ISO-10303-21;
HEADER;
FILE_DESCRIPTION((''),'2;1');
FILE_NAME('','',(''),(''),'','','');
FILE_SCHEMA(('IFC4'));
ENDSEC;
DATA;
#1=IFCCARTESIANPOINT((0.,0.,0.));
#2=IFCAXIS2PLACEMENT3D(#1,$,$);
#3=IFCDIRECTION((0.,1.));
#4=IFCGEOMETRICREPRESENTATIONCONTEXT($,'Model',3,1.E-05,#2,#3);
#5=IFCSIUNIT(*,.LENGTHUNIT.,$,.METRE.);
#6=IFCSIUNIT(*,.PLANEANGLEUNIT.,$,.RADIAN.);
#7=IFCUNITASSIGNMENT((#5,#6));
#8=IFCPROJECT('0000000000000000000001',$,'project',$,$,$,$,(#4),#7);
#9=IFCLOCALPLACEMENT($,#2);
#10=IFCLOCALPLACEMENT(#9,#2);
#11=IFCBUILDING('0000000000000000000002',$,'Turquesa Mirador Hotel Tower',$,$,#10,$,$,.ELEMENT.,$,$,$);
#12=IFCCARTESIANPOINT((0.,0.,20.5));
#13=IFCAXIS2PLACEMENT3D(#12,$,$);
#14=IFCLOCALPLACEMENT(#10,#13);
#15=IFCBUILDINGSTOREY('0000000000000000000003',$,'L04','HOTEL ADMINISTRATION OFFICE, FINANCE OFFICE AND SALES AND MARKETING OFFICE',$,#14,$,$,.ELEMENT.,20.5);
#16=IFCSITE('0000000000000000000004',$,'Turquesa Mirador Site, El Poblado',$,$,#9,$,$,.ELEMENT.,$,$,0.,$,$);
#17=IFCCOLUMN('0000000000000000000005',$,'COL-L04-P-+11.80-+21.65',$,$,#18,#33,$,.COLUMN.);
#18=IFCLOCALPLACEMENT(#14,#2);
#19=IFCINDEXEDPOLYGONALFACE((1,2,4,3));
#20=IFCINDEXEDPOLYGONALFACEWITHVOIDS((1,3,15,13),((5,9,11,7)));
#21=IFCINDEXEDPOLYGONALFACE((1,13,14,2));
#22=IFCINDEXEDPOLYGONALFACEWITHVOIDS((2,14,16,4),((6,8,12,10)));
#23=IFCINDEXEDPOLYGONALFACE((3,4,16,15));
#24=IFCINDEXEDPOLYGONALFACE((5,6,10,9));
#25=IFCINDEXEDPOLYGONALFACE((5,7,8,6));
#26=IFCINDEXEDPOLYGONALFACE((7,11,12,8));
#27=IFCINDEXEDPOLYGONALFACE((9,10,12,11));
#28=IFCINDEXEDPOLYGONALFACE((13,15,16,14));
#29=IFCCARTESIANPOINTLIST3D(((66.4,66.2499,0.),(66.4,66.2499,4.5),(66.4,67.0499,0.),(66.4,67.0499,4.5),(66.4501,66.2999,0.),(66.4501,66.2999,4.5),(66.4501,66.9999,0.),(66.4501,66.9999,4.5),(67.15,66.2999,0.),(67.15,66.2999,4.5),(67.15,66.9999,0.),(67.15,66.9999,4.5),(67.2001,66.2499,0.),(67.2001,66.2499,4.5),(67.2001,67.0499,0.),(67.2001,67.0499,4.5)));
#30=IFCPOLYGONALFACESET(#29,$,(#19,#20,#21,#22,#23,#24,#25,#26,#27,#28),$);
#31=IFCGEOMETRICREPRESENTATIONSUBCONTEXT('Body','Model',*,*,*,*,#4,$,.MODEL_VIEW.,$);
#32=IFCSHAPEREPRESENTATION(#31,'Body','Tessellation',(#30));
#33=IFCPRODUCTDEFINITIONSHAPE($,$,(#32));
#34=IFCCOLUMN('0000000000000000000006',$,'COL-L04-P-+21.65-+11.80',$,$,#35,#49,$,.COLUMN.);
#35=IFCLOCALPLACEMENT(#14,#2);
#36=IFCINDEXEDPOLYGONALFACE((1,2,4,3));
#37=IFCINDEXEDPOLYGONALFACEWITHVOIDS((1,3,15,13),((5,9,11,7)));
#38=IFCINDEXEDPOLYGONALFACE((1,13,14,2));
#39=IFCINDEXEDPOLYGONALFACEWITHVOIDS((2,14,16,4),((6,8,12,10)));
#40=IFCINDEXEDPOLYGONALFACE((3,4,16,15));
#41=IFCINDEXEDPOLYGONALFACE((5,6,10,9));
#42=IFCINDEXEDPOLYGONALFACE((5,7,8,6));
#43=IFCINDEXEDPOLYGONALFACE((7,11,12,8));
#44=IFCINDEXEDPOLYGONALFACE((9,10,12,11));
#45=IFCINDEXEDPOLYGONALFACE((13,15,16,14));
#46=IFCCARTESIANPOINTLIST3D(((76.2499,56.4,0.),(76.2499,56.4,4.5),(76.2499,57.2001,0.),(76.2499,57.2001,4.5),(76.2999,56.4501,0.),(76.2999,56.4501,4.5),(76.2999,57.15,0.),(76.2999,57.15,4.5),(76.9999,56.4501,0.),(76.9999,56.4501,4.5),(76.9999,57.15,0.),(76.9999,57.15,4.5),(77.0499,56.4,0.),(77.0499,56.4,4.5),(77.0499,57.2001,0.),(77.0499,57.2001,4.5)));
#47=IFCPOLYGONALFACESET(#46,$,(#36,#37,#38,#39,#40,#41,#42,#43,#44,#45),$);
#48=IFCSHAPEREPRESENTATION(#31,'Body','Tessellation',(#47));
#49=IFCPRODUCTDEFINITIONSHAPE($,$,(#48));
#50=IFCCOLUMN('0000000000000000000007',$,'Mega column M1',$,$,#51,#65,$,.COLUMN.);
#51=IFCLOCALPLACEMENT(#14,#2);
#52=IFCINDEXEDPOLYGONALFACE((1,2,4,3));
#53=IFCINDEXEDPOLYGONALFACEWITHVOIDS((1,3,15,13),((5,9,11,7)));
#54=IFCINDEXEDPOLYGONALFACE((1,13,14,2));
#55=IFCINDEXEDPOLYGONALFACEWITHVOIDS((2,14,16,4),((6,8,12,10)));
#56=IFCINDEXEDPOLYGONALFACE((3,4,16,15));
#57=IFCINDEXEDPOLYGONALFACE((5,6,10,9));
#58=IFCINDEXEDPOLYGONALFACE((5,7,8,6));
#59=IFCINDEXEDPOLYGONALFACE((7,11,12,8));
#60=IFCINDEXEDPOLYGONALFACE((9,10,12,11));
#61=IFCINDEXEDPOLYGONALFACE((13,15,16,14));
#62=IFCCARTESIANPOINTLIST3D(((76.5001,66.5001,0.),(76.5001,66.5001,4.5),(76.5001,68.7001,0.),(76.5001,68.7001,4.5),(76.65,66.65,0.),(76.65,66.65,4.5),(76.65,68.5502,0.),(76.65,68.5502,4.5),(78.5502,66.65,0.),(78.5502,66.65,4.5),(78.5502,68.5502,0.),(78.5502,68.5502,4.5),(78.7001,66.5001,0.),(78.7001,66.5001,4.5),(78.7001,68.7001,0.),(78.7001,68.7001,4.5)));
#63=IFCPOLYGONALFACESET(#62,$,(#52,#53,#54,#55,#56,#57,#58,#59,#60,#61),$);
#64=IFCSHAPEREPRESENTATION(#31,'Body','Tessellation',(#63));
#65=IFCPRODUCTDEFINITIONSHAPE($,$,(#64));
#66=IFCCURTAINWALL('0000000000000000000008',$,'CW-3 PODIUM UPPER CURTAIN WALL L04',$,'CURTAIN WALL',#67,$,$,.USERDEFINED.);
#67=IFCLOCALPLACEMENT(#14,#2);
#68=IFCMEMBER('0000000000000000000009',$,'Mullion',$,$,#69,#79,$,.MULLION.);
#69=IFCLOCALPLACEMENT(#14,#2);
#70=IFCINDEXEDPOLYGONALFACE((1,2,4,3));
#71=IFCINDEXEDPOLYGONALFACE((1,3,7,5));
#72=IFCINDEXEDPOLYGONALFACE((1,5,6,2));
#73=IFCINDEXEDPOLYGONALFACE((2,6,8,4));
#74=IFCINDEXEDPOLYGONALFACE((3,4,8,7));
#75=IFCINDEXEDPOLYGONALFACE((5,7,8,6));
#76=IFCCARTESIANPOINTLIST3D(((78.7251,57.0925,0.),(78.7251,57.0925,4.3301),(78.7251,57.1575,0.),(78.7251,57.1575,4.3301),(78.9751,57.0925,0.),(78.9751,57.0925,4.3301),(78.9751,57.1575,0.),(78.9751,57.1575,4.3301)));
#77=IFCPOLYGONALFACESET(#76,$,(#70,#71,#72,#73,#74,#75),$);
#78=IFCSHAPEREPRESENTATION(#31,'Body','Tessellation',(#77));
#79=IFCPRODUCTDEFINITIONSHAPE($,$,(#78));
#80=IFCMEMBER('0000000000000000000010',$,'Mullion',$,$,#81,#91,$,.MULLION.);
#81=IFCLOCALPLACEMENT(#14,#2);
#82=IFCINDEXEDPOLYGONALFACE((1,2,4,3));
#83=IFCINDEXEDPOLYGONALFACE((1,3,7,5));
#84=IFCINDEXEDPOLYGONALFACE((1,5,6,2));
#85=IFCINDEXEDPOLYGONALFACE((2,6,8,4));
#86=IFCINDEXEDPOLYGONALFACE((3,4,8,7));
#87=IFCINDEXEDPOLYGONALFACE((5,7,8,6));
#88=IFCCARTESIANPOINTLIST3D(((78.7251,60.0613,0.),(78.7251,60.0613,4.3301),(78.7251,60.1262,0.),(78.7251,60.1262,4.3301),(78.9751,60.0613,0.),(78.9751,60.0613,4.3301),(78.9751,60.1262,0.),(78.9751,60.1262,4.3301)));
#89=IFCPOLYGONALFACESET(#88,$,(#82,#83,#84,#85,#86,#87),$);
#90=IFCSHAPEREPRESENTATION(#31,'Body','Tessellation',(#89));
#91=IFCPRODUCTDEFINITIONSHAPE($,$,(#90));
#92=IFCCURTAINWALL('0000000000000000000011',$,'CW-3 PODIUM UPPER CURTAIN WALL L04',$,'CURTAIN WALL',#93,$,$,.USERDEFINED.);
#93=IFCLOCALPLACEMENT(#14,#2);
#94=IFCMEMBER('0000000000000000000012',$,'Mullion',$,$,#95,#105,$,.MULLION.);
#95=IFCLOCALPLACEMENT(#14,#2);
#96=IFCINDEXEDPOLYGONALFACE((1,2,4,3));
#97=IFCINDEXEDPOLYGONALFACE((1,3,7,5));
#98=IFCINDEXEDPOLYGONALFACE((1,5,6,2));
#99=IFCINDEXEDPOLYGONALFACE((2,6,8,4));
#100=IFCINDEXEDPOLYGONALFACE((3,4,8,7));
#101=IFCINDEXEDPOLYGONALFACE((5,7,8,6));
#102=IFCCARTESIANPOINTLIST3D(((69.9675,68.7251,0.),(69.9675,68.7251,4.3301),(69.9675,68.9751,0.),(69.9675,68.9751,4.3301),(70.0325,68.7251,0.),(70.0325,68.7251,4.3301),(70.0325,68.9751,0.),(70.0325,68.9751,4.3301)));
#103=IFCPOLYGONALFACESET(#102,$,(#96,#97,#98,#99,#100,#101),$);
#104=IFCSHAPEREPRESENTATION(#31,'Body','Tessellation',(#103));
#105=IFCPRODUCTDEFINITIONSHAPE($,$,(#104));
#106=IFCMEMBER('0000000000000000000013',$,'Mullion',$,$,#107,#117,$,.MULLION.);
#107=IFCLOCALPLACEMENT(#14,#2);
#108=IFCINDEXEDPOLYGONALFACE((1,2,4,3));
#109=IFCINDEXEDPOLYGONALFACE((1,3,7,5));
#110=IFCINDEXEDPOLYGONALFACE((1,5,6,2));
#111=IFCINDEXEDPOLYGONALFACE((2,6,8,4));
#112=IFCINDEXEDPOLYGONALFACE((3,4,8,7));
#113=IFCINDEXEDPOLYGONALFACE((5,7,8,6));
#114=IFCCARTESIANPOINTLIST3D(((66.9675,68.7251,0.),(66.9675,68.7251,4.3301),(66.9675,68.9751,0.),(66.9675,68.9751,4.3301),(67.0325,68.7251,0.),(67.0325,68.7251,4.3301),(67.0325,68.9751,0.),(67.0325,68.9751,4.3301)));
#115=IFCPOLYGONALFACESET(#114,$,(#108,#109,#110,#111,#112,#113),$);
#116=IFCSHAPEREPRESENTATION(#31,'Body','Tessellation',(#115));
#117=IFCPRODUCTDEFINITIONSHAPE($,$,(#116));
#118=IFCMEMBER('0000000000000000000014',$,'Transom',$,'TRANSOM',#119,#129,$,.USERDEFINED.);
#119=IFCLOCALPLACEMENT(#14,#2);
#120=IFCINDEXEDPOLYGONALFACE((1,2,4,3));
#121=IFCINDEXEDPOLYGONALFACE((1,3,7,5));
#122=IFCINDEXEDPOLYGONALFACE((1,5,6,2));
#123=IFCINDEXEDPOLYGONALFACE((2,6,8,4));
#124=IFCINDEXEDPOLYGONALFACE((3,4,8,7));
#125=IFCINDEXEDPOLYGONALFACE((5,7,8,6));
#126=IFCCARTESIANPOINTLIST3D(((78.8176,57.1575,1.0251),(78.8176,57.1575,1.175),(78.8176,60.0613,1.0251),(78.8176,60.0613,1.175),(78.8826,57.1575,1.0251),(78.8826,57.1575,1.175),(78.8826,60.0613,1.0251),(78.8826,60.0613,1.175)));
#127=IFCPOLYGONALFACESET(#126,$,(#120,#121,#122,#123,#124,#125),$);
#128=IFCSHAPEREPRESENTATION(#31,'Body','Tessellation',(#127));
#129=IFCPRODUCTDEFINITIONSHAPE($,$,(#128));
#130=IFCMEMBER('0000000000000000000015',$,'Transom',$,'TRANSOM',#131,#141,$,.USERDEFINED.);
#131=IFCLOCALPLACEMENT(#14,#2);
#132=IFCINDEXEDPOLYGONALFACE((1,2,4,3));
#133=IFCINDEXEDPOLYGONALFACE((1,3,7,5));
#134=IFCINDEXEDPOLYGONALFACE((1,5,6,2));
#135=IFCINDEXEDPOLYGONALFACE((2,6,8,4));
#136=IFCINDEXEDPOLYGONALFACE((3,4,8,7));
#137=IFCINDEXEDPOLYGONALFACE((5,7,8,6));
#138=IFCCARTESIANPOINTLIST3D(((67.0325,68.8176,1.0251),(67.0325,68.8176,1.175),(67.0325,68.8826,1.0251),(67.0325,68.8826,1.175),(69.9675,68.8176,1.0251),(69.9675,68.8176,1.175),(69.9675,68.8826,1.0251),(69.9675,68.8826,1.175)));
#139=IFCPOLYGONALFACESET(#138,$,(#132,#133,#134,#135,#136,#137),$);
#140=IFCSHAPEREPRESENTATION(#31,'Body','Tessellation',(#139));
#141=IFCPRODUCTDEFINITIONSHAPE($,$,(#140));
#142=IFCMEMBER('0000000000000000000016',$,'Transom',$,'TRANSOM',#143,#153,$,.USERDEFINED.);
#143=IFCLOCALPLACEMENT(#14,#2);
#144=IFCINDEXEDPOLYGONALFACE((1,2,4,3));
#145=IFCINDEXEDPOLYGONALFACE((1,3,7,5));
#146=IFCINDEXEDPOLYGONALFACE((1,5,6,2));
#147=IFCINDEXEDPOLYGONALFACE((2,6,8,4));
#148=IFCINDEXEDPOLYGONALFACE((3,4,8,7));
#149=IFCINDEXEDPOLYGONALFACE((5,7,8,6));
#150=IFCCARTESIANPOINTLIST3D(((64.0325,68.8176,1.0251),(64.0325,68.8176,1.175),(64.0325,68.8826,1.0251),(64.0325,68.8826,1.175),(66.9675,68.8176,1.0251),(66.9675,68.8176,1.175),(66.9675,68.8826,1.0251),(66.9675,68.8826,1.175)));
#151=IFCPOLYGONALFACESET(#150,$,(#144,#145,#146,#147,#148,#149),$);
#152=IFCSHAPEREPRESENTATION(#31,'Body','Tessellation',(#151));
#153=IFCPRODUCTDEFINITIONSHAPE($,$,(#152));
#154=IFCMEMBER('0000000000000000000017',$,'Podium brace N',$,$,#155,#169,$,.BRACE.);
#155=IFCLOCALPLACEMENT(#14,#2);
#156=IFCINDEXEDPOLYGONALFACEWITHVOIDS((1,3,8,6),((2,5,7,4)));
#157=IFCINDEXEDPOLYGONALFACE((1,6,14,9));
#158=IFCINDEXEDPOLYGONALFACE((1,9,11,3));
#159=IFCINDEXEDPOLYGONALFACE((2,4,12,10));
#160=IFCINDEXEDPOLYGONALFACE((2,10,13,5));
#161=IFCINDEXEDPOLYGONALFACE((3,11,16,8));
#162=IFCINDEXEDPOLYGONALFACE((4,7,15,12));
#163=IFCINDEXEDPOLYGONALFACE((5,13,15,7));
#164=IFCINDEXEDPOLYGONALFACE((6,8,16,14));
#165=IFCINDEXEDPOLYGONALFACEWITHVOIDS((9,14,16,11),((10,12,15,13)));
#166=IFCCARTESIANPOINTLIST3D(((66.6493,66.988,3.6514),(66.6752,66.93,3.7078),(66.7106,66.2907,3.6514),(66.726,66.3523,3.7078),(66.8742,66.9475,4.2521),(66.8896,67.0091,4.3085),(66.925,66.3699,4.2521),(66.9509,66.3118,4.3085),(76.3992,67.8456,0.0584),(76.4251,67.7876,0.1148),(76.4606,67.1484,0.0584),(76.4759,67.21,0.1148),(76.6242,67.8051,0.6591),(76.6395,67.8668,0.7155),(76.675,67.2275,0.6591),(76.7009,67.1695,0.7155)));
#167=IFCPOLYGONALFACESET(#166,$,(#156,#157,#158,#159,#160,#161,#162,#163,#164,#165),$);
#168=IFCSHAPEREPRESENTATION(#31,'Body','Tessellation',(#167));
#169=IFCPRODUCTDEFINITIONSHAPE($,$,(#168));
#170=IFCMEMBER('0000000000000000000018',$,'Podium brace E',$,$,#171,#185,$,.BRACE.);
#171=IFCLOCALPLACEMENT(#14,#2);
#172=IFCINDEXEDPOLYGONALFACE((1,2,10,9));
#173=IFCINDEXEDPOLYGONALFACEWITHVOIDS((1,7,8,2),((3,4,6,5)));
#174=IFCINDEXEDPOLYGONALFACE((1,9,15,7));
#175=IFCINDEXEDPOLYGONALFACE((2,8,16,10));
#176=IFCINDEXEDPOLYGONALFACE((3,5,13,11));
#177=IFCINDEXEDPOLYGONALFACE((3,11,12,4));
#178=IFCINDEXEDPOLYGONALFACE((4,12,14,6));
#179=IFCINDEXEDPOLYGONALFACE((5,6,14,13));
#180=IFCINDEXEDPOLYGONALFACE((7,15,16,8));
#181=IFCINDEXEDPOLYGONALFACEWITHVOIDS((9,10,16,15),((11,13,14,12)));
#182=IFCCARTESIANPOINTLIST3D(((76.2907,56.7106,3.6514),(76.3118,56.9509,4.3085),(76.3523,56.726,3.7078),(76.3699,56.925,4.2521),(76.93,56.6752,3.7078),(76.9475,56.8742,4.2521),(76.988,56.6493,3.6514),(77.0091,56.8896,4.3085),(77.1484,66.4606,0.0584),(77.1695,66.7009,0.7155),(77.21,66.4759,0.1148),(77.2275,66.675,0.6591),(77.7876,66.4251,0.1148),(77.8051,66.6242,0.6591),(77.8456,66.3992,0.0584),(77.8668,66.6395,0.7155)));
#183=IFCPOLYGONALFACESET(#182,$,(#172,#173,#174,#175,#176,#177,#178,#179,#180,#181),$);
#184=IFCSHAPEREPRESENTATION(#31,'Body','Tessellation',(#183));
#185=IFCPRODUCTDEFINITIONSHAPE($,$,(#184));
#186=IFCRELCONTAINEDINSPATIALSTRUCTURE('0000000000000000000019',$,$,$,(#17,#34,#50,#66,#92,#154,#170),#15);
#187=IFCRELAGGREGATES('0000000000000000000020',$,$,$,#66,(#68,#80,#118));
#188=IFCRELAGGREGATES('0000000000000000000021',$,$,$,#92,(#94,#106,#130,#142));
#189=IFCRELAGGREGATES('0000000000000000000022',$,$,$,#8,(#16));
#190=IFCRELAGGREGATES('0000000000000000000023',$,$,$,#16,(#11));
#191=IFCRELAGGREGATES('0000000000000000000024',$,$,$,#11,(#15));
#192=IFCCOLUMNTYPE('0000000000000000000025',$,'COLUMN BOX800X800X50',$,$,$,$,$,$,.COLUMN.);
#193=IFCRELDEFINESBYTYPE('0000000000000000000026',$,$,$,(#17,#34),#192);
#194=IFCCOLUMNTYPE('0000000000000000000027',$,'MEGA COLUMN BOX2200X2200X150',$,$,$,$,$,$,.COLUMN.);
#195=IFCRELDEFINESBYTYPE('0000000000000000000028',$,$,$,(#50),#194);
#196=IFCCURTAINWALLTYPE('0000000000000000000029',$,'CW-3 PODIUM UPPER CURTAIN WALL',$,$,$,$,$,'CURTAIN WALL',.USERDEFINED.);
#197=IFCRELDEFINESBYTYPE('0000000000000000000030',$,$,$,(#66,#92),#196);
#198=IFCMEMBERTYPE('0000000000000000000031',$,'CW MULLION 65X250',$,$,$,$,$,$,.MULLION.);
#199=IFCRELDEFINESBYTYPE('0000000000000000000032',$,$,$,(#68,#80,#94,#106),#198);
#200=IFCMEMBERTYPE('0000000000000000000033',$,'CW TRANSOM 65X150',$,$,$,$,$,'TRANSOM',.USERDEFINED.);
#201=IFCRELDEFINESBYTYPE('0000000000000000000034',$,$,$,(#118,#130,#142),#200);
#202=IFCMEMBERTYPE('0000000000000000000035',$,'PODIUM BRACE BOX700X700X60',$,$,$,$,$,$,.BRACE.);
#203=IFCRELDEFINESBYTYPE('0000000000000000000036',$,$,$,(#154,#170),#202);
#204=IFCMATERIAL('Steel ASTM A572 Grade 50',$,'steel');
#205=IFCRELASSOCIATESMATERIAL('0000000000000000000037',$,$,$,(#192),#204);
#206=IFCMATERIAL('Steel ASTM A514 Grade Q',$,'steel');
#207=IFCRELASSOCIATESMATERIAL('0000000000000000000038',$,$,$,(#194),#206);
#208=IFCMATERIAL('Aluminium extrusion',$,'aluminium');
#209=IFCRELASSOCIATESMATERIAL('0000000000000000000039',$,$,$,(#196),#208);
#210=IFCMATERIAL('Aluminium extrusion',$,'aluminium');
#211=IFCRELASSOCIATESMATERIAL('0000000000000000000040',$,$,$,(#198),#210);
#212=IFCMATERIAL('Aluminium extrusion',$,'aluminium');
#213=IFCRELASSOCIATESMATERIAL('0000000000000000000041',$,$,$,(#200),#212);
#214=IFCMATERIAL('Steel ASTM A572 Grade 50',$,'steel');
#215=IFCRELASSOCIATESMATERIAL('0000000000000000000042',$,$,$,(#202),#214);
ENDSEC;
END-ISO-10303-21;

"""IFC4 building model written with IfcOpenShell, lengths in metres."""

from ifc_helpers import new_model, si_unit, direction, frame, origin, origin_2d, place, context, subcontext, project, spatial, rectangle, hollow_rectangle, extrude, material, material_profile, profile_set, type_object, element, aggregate, save


model = new_model("IFC4")

# Units and contexts
model_context = context("Model", 3, precision=1e-05, world=origin(), true_north=direction((0.0, 1.0)))
body_context = subcontext(model_context, "Body", "Model", "MODEL_VIEW")
ifc_project = project(units=[si_unit("LENGTHUNIT", "METRE"), si_unit("PLANEANGLEUNIT", "RADIAN")], contexts=[model_context])

# Site, building, storey
site_placement = place(None, origin())
site = spatial("IfcSite", under=ifc_project, at=site_placement, Name="Turquesa Mirador Site, El Poblado", CompositionType="ELEMENT", RefElevation=0.0)
building_placement = place(site_placement, origin())
building = spatial("IfcBuilding", under=site, at=building_placement, Name="Turquesa Mirador Hotel Tower", CompositionType="ELEMENT")
storey_placement = place(building_placement, frame((0.0, 0.0, 20.5)))
storey = spatial("IfcBuildingStorey", under=building, at=storey_placement, Name="L04", Description="HOTEL ADMINISTRATION OFFICE, FINANCE OFFICE AND SALES AND MARKETING OFFICE", CompositionType="ELEMENT", Elevation=20.5)

# Columns
ifc_material_1 = material(Name="Steel ASTM A572 Grade 50", Category="steel")
ifc_material_profile_1 = material_profile(ifc_material_1, hollow_rectangle(XDim=0.8, YDim=0.8, WallThickness=0.05, at=origin_2d()), Name="BOX800X800X50")
ifc_profile_set_1 = profile_set([ifc_material_profile_1], Name="Steel ASTM A572 Grade 50")
column_type_1 = type_object("IfcColumnType", Name="COLUMN BOX800X800X50", PredefinedType="COLUMN", material=ifc_profile_set_1)
for number, where, z_axis, x_axis, name in (
    (1, (66.8, 66.6499, 0.0), (0.0, 0.0, 1.0), (1.0, 0.0, 0.0), "COL-L04-P-+11.80-+21.65"),
    (2, (76.6499, 56.8, 0.0), (0.0, 0.0, 1.0), (1.0, 0.0, 0.0), "COL-L04-P-+21.65-+11.80"),
):
    element("IfcColumn", number, at=place(storey_placement, frame(where, z_axis=z_axis, x_axis=x_axis)), inside=storey, type_object=column_type_1, Name=name, PredefinedType="COLUMN", context=body_context, shape_type="SweptSolid", body=[
        extrude(hollow_rectangle(XDim=0.8, YDim=0.8, WallThickness=0.05, at=origin_2d()), origin(), (0.0, 0.0, 1.0), 4.5),
    ])
ifc_material_2 = material(Name="Steel ASTM A514 Grade Q", Category="steel")
ifc_material_profile_2 = material_profile(ifc_material_2, hollow_rectangle(XDim=2.2, YDim=2.2, WallThickness=0.1499, at=origin_2d()), Name="BOX2200X2200X150")
ifc_profile_set_2 = profile_set([ifc_material_profile_2], Name="Steel ASTM A514 Grade Q")
column_type_2 = type_object("IfcColumnType", Name="MEGA COLUMN BOX2200X2200X150", PredefinedType="COLUMN", material=ifc_profile_set_2)
column_placement = place(storey_placement, frame((77.6001, 67.6001, 0.0), z_axis=(0.0, 0.0, 1.0), x_axis=(1.0, 0.0, 0.0)))
element("IfcColumn", 3, at=column_placement, inside=storey, type_object=column_type_2, Name="Mega column M1", PredefinedType="COLUMN", context=body_context, shape_type="SweptSolid", body=[
    extrude(hollow_rectangle(XDim=2.2, YDim=2.2, WallThickness=0.1499, at=origin_2d()), origin(), (0.0, 0.0, 1.0), 4.5),
])

# Curtain walls, members
ifc_material_3 = material(Name="Aluminium extrusion", Category="aluminium")
curtain_wall_type = type_object("IfcCurtainWallType", Name="CW-3 PODIUM UPPER CURTAIN WALL", ElementType="CURTAIN WALL", PredefinedType="USERDEFINED", material=ifc_material_3)
curtain_wall_1_placement = place(storey_placement, origin())
curtain_wall_1 = element("IfcCurtainWall", 4, at=curtain_wall_1_placement, inside=storey, type_object=curtain_wall_type, Name="CW-3 PODIUM UPPER CURTAIN WALL L04", ObjectType="CURTAIN WALL", PredefinedType="USERDEFINED")
ifc_material_4 = material(Name="Aluminium extrusion", Category="aluminium")
ifc_material_profile_3 = material_profile(ifc_material_4, rectangle(XDim=0.0649, YDim=0.25, at=origin_2d()), Name="MULLION 65X250")
ifc_profile_set_3 = profile_set([ifc_material_profile_3], Name="Aluminium extrusion")
member_type_1 = type_object("IfcMemberType", Name="CW MULLION 65X250", PredefinedType="MULLION", material=ifc_profile_set_3)
member_1_placement = place(storey_placement, frame((78.8501, 57.125, 0.0), z_axis=(0.0, 0.0, 1.0), x_axis=(0.0, 1.0, 0.0)))
member_1 = element("IfcMember", 5, at=member_1_placement, type_object=member_type_1, Name="Mullion", PredefinedType="MULLION", context=body_context, shape_type="SweptSolid", body=[
    extrude(rectangle(XDim=0.0649, YDim=0.25, at=origin_2d()), origin(), (0.0, 0.0, 1.0), 4.3301),
])
member_2_placement = place(storey_placement, frame((78.8501, 60.0938, 0.0), z_axis=(0.0, 0.0, 1.0), x_axis=(0.0, 1.0, 0.0)))
member_2 = element("IfcMember", 6, at=member_2_placement, type_object=member_type_1, Name="Mullion", PredefinedType="MULLION", context=body_context, shape_type="SweptSolid", body=[
    extrude(rectangle(XDim=0.0649, YDim=0.25, at=origin_2d()), origin(), (0.0, 0.0, 1.0), 4.3301),
])
curtain_wall_2_placement = place(storey_placement, origin())
curtain_wall_2 = element("IfcCurtainWall", 7, at=curtain_wall_2_placement, inside=storey, type_object=curtain_wall_type, Name="CW-3 PODIUM UPPER CURTAIN WALL L04", ObjectType="CURTAIN WALL", PredefinedType="USERDEFINED")
member_3_placement = place(storey_placement, frame((70.0, 68.8501, 0.0), z_axis=(0.0, 0.0, 1.0), x_axis=(-1.0, 0.0, 0.0)))
member_3 = element("IfcMember", 8, at=member_3_placement, type_object=member_type_1, Name="Mullion", PredefinedType="MULLION", context=body_context, shape_type="SweptSolid", body=[
    extrude(rectangle(XDim=0.0649, YDim=0.25, at=origin_2d()), origin(), (0.0, 0.0, 1.0), 4.3301),
])
member_4_placement = place(storey_placement, frame((67.0, 68.8501, 0.0), z_axis=(0.0, 0.0, 1.0), x_axis=(-1.0, 0.0, 0.0)))
member_4 = element("IfcMember", 9, at=member_4_placement, type_object=member_type_1, Name="Mullion", PredefinedType="MULLION", context=body_context, shape_type="SweptSolid", body=[
    extrude(rectangle(XDim=0.0649, YDim=0.25, at=origin_2d()), origin(), (0.0, 0.0, 1.0), 4.3301),
])

# Members
ifc_material_5 = material(Name="Aluminium extrusion", Category="aluminium")
ifc_material_profile_4 = material_profile(ifc_material_5, rectangle(XDim=0.0649, YDim=0.1499, at=origin_2d()), Name="TRANSOM 65X150")
ifc_profile_set_4 = profile_set([ifc_material_profile_4], Name="Aluminium extrusion")
member_type_2 = type_object("IfcMemberType", Name="CW TRANSOM 65X150", ElementType="TRANSOM", PredefinedType="USERDEFINED", material=ifc_profile_set_4)
member_5_placement = place(storey_placement, frame((78.8501, 57.1575, 1.1001), z_axis=(0.0, 1.0, 0.0), x_axis=(-1.0, 0.0, 0.0)))
member_5 = element("IfcMember", 10, at=member_5_placement, type_object=member_type_2, Name="Transom", ObjectType="TRANSOM", PredefinedType="USERDEFINED", context=body_context, shape_type="SweptSolid", body=[
    extrude(rectangle(XDim=0.0649, YDim=0.1499, at=origin_2d()), origin(), (0.0, 0.0, 1.0), 2.9038),
])
member_6_placement = place(storey_placement, frame((69.9675, 68.8501, 1.1001), z_axis=(-1.0, 0.0, 0.0), x_axis=(0.0, -1.0, 0.0)))
member_6 = element("IfcMember", 11, at=member_6_placement, type_object=member_type_2, Name="Transom", ObjectType="TRANSOM", PredefinedType="USERDEFINED", context=body_context, shape_type="SweptSolid", body=[
    extrude(rectangle(XDim=0.0649, YDim=0.1499, at=origin_2d()), origin(), (0.0, 0.0, 1.0), 2.9351),
])
member_7_placement = place(storey_placement, frame((66.9675, 68.8501, 1.1001), z_axis=(-1.0, 0.0, 0.0), x_axis=(0.0, -1.0, 0.0)))
member_7 = element("IfcMember", 12, at=member_7_placement, type_object=member_type_2, Name="Transom", ObjectType="TRANSOM", PredefinedType="USERDEFINED", context=body_context, shape_type="SweptSolid", body=[
    extrude(rectangle(XDim=0.0649, YDim=0.1499, at=origin_2d()), origin(), (0.0, 0.0, 1.0), 2.9351),
])

# Members
ifc_material_6 = material(Name="Steel ASTM A572 Grade 50", Category="steel")
ifc_material_profile_5 = material_profile(ifc_material_6, hollow_rectangle(XDim=0.7, YDim=0.7, WallThickness=0.0601, at=origin_2d()), Name="BOX700X700X60")
ifc_profile_set_5 = profile_set([ifc_material_profile_5], Name="Steel ASTM A572 Grade 50")
member_type_3 = type_object("IfcMemberType", Name="PODIUM BRACE BOX700X700X60", PredefinedType="BRACE", material=ifc_profile_set_5)
for number, where, z_axis, x_axis, name in (
    (13, (76.55, 67.5076, 0.387), (-0.935135, -0.08226, 0.344611), (0.087627, -0.996153, 0.0), "Podium brace N"),
    (14, (77.5076, 66.55, 0.387), (-0.08226, -0.935135, 0.344611), (0.996153, -0.087627, 0.0), "Podium brace E"),
):
    element("IfcMember", number, at=place(storey_placement, frame(where, z_axis=z_axis, x_axis=x_axis)), inside=storey, type_object=member_type_3, Name=name, PredefinedType="BRACE", context=body_context, shape_type="SweptSolid", body=[
        extrude(hollow_rectangle(XDim=0.7, YDim=0.7, WallThickness=0.0601, at=origin_2d()), origin(), (0.0, 0.0, 1.0), 10.4263),
    ])

aggregate(curtain_wall_1, [member_1, member_2, member_5])
aggregate(curtain_wall_2, [member_3, member_4, member_6, member_7])

save(model, "model.ifc")
